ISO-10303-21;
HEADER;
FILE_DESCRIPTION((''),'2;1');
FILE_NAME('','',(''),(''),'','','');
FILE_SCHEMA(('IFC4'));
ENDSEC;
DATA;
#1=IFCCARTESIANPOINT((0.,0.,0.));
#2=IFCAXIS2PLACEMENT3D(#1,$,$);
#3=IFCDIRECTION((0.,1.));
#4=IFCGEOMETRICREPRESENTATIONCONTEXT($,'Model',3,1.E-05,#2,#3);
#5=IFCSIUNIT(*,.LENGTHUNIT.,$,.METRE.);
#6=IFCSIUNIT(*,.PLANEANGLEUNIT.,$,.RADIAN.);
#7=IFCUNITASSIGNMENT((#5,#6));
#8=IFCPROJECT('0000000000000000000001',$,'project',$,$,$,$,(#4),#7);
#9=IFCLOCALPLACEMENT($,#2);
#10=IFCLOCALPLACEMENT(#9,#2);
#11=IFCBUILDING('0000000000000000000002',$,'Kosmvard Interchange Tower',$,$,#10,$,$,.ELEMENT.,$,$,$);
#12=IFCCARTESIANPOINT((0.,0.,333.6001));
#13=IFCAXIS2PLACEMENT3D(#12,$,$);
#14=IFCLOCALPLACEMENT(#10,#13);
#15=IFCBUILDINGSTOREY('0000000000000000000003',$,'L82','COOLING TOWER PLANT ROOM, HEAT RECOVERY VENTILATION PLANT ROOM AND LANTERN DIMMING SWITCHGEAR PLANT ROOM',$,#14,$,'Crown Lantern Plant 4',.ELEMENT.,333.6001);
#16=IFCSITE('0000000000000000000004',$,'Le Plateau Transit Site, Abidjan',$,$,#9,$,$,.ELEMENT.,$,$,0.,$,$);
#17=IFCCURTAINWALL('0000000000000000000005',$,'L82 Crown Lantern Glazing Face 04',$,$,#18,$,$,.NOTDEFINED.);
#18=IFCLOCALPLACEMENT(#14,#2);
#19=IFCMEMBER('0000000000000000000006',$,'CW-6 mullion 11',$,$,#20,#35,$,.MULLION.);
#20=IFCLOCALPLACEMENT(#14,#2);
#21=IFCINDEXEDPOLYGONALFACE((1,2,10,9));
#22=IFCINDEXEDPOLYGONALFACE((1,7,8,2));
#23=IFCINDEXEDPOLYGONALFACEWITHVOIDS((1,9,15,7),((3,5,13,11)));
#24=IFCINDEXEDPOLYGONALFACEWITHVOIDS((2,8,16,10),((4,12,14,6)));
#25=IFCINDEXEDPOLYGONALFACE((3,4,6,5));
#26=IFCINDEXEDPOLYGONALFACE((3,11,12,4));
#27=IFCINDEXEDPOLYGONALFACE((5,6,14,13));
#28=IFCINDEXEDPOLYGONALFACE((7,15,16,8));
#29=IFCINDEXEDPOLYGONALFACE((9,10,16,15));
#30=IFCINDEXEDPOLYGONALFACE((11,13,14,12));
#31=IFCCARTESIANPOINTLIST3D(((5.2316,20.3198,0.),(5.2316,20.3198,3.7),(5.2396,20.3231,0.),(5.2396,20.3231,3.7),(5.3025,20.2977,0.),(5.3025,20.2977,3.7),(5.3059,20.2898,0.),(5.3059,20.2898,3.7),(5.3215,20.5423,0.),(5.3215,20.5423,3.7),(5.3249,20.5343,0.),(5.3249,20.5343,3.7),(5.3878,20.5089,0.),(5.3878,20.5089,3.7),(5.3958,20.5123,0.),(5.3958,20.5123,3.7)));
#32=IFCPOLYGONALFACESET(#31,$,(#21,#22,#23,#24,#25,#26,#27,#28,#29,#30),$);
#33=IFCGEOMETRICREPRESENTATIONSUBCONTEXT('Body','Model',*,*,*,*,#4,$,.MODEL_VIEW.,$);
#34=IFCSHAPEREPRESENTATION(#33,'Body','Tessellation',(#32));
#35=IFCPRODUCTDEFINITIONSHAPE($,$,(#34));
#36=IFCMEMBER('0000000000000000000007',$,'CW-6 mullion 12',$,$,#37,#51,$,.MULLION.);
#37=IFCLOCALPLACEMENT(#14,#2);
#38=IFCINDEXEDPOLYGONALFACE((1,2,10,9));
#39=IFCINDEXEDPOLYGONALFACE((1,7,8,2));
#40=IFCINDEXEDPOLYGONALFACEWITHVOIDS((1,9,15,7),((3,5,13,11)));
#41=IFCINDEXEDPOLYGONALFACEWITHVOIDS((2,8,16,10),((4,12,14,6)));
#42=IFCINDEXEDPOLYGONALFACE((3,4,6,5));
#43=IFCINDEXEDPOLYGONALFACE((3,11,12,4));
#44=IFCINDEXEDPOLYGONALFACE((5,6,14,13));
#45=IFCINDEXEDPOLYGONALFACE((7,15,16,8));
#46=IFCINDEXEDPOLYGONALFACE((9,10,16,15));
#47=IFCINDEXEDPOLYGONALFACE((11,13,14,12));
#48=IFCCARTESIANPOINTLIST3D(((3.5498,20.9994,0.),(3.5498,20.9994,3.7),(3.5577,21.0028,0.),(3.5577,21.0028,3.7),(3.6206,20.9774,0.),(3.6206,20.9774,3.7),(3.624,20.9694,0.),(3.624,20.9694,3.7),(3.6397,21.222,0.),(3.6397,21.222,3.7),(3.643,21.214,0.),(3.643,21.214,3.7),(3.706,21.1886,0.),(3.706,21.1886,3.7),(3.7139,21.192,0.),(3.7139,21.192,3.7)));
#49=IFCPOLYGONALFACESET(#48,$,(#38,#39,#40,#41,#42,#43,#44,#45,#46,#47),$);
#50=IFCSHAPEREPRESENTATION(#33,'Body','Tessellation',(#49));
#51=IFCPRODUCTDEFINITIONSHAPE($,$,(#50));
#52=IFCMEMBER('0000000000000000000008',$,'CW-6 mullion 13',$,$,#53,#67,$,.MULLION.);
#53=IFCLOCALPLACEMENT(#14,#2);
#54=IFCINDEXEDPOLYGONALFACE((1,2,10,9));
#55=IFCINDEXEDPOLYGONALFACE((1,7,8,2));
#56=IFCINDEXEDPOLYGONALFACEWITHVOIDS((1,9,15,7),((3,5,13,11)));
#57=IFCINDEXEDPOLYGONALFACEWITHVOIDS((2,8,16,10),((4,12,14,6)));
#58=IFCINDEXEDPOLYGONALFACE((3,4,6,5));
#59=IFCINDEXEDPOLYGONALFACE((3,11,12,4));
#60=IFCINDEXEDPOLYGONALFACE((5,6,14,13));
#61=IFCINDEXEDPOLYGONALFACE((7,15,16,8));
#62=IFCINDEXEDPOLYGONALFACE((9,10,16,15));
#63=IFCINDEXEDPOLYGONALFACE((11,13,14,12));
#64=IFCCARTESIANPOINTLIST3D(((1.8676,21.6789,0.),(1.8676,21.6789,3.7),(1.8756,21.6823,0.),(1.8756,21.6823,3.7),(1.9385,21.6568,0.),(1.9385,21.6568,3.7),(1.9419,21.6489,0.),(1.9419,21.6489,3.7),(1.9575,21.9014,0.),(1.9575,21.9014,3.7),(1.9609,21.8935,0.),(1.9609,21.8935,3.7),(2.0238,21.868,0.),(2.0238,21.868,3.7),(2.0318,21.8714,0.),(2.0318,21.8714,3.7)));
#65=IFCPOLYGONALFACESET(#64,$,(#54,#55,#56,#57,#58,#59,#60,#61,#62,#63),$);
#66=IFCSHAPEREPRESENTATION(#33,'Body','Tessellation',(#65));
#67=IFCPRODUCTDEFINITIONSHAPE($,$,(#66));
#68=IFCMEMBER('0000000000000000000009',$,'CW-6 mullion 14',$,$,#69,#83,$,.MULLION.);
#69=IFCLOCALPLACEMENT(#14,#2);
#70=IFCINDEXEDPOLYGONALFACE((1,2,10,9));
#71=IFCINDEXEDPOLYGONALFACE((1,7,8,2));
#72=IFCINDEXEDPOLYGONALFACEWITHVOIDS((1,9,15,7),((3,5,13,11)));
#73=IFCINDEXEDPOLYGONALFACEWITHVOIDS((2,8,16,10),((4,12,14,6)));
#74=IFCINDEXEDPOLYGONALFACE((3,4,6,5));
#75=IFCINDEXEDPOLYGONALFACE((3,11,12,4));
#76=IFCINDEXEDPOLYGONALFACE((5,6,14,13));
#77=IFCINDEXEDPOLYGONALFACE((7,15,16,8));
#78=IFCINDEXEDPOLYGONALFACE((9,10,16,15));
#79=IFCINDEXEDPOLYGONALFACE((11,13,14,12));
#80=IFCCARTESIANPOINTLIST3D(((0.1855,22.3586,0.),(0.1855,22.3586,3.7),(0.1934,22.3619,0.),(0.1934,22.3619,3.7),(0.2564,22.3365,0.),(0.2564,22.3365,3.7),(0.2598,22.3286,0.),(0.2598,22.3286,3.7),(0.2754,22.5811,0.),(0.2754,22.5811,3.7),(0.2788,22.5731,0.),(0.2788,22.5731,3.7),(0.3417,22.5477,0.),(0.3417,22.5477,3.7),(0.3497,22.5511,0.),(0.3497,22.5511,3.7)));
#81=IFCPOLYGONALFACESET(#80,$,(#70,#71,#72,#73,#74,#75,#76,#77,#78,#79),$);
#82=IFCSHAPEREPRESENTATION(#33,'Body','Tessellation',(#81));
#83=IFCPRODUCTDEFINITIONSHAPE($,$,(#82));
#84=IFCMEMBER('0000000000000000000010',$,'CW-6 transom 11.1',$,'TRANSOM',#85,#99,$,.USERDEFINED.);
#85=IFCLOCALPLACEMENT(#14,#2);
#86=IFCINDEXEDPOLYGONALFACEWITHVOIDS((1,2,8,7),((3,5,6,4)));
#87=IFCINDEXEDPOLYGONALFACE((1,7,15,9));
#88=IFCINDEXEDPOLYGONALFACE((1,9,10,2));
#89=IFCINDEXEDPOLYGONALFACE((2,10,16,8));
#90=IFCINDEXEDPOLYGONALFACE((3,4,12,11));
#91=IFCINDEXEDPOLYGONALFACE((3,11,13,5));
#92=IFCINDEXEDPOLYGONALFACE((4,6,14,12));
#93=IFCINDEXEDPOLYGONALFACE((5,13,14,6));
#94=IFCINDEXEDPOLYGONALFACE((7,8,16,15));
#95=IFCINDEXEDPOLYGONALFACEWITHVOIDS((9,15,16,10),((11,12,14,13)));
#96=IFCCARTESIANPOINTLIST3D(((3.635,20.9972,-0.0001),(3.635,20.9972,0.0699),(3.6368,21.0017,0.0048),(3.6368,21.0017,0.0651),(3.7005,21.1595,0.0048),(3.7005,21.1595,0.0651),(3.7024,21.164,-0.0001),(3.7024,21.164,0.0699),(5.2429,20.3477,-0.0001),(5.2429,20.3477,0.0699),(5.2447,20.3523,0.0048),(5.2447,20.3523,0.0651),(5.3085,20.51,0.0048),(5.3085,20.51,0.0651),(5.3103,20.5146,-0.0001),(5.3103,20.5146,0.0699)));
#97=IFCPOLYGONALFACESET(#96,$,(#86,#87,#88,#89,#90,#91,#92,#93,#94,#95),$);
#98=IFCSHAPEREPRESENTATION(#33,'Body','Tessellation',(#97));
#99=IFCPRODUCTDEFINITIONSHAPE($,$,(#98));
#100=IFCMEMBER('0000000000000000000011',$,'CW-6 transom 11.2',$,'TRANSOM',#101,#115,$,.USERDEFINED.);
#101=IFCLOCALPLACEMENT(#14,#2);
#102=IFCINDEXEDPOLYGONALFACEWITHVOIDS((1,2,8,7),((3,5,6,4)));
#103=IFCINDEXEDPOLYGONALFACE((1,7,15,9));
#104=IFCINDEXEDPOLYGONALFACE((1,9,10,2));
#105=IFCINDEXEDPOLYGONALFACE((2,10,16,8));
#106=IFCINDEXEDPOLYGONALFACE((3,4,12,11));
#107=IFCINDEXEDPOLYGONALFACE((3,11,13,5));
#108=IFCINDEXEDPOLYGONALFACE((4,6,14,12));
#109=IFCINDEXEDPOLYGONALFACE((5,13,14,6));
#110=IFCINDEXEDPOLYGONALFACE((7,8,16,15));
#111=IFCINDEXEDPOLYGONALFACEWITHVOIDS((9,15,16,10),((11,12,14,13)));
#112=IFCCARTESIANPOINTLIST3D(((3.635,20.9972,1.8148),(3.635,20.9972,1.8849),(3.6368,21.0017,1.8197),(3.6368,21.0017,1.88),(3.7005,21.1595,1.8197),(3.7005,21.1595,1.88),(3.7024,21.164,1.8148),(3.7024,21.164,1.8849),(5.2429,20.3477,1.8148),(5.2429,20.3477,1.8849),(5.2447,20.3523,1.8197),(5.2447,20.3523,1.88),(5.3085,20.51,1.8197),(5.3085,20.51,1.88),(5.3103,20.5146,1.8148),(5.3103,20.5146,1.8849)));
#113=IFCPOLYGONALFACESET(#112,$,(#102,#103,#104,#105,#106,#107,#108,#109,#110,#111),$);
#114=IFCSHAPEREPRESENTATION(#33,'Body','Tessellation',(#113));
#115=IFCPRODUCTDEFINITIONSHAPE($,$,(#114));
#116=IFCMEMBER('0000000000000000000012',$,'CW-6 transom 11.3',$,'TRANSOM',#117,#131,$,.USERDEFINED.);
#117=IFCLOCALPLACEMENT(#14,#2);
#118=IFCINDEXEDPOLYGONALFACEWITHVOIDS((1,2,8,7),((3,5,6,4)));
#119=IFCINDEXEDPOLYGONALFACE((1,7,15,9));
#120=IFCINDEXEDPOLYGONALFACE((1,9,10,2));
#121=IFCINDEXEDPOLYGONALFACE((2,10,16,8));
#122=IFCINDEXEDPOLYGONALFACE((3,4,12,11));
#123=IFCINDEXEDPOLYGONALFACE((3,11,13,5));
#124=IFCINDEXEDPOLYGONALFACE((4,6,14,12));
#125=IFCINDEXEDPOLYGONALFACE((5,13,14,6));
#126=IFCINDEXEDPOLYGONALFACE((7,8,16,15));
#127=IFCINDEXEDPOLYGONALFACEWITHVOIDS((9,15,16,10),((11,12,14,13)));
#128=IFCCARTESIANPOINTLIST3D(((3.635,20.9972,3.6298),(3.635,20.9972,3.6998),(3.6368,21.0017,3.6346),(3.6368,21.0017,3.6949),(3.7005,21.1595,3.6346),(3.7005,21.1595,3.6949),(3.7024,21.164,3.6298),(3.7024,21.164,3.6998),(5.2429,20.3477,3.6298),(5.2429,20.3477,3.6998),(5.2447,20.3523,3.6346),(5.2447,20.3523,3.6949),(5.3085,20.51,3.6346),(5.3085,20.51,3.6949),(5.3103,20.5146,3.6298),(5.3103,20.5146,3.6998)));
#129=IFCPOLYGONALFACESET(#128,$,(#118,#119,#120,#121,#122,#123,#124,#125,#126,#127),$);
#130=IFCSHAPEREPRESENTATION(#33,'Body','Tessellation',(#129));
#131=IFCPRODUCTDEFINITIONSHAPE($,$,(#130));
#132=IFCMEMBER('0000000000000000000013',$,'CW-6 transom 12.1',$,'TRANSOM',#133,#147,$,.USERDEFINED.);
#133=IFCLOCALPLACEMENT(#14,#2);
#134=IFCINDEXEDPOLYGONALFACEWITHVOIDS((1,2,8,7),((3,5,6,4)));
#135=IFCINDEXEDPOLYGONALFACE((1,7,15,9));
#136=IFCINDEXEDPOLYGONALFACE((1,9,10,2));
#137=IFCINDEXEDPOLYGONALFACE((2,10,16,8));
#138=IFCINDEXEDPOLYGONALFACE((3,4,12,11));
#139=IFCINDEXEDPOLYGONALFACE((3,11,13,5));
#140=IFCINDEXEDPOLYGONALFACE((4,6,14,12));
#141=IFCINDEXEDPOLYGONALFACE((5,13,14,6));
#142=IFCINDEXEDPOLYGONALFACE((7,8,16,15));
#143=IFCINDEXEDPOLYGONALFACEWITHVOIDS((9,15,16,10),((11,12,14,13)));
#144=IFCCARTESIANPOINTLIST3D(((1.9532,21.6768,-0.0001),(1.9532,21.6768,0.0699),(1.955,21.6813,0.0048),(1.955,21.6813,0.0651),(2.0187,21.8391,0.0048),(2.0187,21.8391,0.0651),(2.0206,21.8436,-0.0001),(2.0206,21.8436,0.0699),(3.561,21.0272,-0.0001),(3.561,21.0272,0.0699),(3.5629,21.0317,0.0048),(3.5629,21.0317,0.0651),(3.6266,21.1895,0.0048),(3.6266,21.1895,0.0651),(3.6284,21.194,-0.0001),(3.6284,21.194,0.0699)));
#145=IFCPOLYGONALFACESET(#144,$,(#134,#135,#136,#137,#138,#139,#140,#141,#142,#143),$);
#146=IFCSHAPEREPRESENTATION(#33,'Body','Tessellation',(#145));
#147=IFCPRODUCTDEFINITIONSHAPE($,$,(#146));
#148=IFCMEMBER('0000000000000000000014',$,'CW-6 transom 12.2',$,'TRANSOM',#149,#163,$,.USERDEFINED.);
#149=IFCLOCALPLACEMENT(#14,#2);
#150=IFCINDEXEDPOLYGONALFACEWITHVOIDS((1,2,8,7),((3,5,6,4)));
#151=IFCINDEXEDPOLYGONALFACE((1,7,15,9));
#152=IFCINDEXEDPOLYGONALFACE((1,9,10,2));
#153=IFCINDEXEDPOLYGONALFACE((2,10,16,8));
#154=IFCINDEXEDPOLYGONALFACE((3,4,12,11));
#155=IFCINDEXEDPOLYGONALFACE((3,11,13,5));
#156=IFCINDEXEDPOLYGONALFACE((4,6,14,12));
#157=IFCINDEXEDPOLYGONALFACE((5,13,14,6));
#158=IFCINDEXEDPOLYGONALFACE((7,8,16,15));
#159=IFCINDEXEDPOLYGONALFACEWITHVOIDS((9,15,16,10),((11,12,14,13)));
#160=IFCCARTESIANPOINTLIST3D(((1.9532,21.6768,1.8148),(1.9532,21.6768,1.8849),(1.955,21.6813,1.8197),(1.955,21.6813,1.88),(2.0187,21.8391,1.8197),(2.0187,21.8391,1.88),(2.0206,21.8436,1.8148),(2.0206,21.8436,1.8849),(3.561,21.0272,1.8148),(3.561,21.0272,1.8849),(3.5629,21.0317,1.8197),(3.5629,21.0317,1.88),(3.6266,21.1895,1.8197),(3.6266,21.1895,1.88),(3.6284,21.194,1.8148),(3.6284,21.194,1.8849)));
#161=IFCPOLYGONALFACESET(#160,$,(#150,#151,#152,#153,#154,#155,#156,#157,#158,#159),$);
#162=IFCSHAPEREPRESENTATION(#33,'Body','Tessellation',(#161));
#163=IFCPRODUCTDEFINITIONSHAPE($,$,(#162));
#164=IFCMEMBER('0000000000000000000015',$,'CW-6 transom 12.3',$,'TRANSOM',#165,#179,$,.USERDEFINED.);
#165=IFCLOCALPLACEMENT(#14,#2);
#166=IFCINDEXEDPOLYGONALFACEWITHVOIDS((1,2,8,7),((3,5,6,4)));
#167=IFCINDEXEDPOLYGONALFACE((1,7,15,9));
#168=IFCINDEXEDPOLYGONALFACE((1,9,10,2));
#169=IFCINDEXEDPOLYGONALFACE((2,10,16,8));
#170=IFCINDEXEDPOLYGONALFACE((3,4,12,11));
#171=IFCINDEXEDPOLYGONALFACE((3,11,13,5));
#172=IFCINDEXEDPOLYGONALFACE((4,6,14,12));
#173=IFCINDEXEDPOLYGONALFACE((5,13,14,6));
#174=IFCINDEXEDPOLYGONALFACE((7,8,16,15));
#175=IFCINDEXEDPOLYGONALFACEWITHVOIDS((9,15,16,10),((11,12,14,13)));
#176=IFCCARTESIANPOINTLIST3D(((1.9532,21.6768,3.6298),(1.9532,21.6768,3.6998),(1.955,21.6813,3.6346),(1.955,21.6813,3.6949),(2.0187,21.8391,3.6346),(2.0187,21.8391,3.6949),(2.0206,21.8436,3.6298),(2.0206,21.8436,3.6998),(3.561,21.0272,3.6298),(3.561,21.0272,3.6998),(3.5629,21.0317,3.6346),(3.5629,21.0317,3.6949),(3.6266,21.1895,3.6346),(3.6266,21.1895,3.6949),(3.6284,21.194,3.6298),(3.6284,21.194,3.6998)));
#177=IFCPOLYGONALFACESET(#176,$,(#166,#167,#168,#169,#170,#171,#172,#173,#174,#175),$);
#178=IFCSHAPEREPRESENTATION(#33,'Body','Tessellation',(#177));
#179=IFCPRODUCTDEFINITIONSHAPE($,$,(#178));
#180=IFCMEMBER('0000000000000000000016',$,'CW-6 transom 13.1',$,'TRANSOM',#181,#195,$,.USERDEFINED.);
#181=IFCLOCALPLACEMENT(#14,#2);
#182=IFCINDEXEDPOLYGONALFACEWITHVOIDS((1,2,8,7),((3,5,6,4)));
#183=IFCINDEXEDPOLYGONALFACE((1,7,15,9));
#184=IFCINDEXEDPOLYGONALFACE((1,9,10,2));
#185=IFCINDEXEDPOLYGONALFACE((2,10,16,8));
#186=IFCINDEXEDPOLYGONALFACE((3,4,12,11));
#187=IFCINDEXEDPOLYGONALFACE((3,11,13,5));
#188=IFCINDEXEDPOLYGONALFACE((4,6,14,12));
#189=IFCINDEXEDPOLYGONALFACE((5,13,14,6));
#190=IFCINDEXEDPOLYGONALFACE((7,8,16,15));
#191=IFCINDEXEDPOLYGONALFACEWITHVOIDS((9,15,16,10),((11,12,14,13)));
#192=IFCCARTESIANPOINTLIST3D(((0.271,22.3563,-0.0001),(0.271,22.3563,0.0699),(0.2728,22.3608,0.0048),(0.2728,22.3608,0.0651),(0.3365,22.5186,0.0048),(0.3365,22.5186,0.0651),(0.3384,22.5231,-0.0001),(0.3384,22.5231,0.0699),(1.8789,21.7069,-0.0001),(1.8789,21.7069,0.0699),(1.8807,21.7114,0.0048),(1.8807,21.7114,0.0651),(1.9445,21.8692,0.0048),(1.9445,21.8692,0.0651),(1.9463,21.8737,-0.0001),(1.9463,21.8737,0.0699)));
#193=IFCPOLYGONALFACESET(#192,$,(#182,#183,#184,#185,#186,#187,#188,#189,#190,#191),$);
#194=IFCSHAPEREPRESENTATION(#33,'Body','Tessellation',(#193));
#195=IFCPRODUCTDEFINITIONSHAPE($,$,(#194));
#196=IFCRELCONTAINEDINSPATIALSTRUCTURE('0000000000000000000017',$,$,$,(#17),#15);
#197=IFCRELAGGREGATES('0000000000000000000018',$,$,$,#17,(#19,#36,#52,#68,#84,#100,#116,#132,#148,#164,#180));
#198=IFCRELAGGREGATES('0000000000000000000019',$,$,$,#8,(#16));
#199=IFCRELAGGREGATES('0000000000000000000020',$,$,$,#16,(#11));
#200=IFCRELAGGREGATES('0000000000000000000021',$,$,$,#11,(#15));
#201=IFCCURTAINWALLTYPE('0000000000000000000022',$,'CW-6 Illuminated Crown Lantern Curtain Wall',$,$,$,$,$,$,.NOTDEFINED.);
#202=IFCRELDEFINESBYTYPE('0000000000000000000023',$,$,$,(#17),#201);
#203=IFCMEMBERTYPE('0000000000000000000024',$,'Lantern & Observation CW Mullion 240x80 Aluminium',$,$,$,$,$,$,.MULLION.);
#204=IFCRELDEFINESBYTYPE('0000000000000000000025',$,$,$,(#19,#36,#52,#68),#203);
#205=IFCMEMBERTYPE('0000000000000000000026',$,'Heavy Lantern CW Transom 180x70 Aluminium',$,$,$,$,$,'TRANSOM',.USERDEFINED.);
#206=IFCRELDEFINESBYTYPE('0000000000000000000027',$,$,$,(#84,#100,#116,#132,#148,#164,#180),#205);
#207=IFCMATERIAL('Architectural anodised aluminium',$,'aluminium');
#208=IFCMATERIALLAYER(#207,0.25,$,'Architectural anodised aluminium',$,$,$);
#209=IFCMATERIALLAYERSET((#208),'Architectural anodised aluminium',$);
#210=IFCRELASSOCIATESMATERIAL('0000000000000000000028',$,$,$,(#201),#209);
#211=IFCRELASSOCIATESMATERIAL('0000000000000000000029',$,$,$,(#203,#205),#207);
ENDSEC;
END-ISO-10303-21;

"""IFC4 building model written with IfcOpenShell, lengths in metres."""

from ifc_helpers import new_model, si_unit, direction, frame, origin, origin_2d, place, context, subcontext, project, spatial, hollow_rectangle, extrude, source, transform, mapped, material, layer, layer_set, material_profile, profile_set, type_object, element, aggregate, save


model = new_model("IFC4")

# Units and contexts
model_context = context("Model", 3, precision=1e-05, world=origin(), true_north=direction((0.0, 1.0)))
body_context = subcontext(model_context, "Body", "Model", "MODEL_VIEW")
ifc_project = project(units=[si_unit("LENGTHUNIT", "METRE"), si_unit("PLANEANGLEUNIT", "RADIAN")], contexts=[model_context])

# Site, building, storey
site_placement = place(None, origin())
site = spatial("IfcSite", under=ifc_project, at=site_placement, Name="Le Plateau Transit Site, Abidjan", CompositionType="ELEMENT", RefElevation=0.0)
building_placement = place(site_placement, origin())
building = spatial("IfcBuilding", under=site, at=building_placement, Name="Kosmvard Interchange Tower", CompositionType="ELEMENT")
storey_placement = place(building_placement, frame((0.0, 0.0, 333.6001)))
storey = spatial("IfcBuildingStorey", under=building, at=storey_placement, Name="L82", Description="COOLING TOWER PLANT ROOM, HEAT RECOVERY VENTILATION PLANT ROOM AND LANTERN DIMMING SWITCHGEAR PLANT ROOM", LongName="Crown Lantern Plant 4", CompositionType="ELEMENT", Elevation=333.6001)

# Curtain wall, members
ifc_material_1 = material(Name="Architectural anodised aluminium", Category="aluminium")
ifc_layer_1 = layer(ifc_material_1, 0.25, Name="Architectural anodised aluminium")
ifc_layer_set_1 = layer_set([ifc_layer_1], Name="Architectural anodised aluminium")
curtain_wall_type = type_object("IfcCurtainWallType", Name="CW-6 Illuminated Crown Lantern Curtain Wall", PredefinedType="NOTDEFINED", material=ifc_layer_set_1)
curtain_wall_placement = place(storey_placement, origin())
curtain_wall = element("IfcCurtainWall", 1, at=curtain_wall_placement, inside=storey, type_object=curtain_wall_type, Name="L82 Crown Lantern Glazing Face 04", PredefinedType="NOTDEFINED")
ifc_material_profile_1 = material_profile(ifc_material_1, hollow_rectangle(XDim=0.24, YDim=0.0801, WallThickness=0.0061, at=origin_2d()), Name="CWM 240x80x6")
ifc_profile_set_1 = profile_set([ifc_material_profile_1], Name="Architectural anodised aluminium")
member_type_1 = type_object("IfcMemberType", Name="Lantern & Observation CW Mullion 240x80 Aluminium", PredefinedType="MULLION", material=ifc_profile_set_1)
shared_shape_1 = source(origin(), body_context, "Body", "SweptSolid", [
    extrude(hollow_rectangle(XDim=0.24, YDim=0.0801, WallThickness=0.0061, at=origin_2d()), origin(), (0.0, 0.0, 1.0), 3.7),
])
member_1_placement = place(storey_placement, frame((5.3137, 20.416, 0.0), z_axis=(0.0, 0.0, 1.0), x_axis=(-0.374607, -0.927184, 0.0)))
member_1 = element("IfcMember", 2, at=member_1_placement, type_object=member_type_1, Name="CW-6 mullion 11", PredefinedType="MULLION", context=body_context, shape_type="MappedRepresentation", body=[
    mapped(shared_shape_1, transform((0.0, 0.0, 0.0), scale=1.0)),
])
member_2_placement = place(storey_placement, frame((3.6318, 21.0957, 0.0), z_axis=(0.0, 0.0, 1.0), x_axis=(-0.374607, -0.927184, 0.0)))
member_2 = element("IfcMember", 3, at=member_2_placement, type_object=member_type_1, Name="CW-6 mullion 12", PredefinedType="MULLION", context=body_context, shape_type="MappedRepresentation", body=[
    mapped(shared_shape_1, transform((0.0, 0.0, 0.0), scale=1.0)),
])
member_3_placement = place(storey_placement, frame((1.9497, 21.7751, 0.0), z_axis=(0.0, 0.0, 1.0), x_axis=(-0.374607, -0.927184, 0.0)))
member_3 = element("IfcMember", 4, at=member_3_placement, type_object=member_type_1, Name="CW-6 mullion 13", PredefinedType="MULLION", context=body_context, shape_type="MappedRepresentation", body=[
    mapped(shared_shape_1, transform((0.0, 0.0, 0.0), scale=1.0)),
])
member_4_placement = place(storey_placement, frame((0.2676, 22.4548, 0.0), z_axis=(0.0, 0.0, 1.0), x_axis=(-0.374607, -0.927184, 0.0)))
member_4 = element("IfcMember", 5, at=member_4_placement, type_object=member_type_1, Name="CW-6 mullion 14", PredefinedType="MULLION", context=body_context, shape_type="MappedRepresentation", body=[
    mapped(shared_shape_1, transform((0.0, 0.0, 0.0), scale=1.0)),
])
ifc_material_profile_2 = material_profile(ifc_material_1, hollow_rectangle(XDim=0.1799, YDim=0.0701, WallThickness=0.0049, at=origin_2d()), Name="CWT 180x70x5")
ifc_profile_set_2 = profile_set([ifc_material_profile_2], Name="Architectural anodised aluminium")
member_type_2 = type_object("IfcMemberType", Name="Heavy Lantern CW Transom 180x70 Aluminium", ElementType="TRANSOM", PredefinedType="USERDEFINED", material=ifc_profile_set_2)
shared_shape_2 = source(origin(), body_context, "Body", "SweptSolid", [
    extrude(hollow_rectangle(XDim=0.1799, YDim=0.0701, WallThickness=0.0049, at=origin_2d()), origin(), (0.0, 0.0, 1.0), 1.7341),
])
member_5_placement = place(storey_placement, frame((5.2766, 20.4312, 0.0349), z_axis=(-0.927229, 0.374496, 0.0), x_axis=(-0.374496, -0.927229, 0.0)))
member_5 = element("IfcMember", 6, at=member_5_placement, type_object=member_type_2, Name="CW-6 transom 11.1", ObjectType="TRANSOM", PredefinedType="USERDEFINED", context=body_context, shape_type="MappedRepresentation", body=[
    mapped(shared_shape_2, transform((0.0, 0.0, 0.0), scale=1.0)),
])
member_6_placement = place(storey_placement, frame((5.2766, 20.4312, 1.8499), z_axis=(-0.927229, 0.374496, 0.0), x_axis=(-0.374496, -0.927229, 0.0)))
member_6 = element("IfcMember", 7, at=member_6_placement, type_object=member_type_2, Name="CW-6 transom 11.2", ObjectType="TRANSOM", PredefinedType="USERDEFINED", context=body_context, shape_type="MappedRepresentation", body=[
    mapped(shared_shape_2, transform((0.0, 0.0, 0.0), scale=1.0)),
])
member_7_placement = place(storey_placement, frame((5.2766, 20.4312, 3.6648), z_axis=(-0.927229, 0.374496, 0.0), x_axis=(-0.374496, -0.927229, 0.0)))
member_7 = element("IfcMember", 8, at=member_7_placement, type_object=member_type_2, Name="CW-6 transom 11.3", ObjectType="TRANSOM", PredefinedType="USERDEFINED", context=body_context, shape_type="MappedRepresentation", body=[
    mapped(shared_shape_2, transform((0.0, 0.0, 0.0), scale=1.0)),
])
member_8_placement = place(storey_placement, frame((3.5947, 21.1106, 0.0349), z_axis=(-0.92718, 0.374617, 0.0), x_axis=(-0.374617, -0.92718, 0.0)))
member_8 = element("IfcMember", 9, at=member_8_placement, type_object=member_type_2, Name="CW-6 transom 12.1", ObjectType="TRANSOM", PredefinedType="USERDEFINED", context=body_context, shape_type="MappedRepresentation", body=[
    mapped(shared_shape_2, transform((0.0, 0.0, 0.0), scale=1.0)),
])
member_9_placement = place(storey_placement, frame((3.5947, 21.1106, 1.8499), z_axis=(-0.92718, 0.374617, 0.0), x_axis=(-0.374617, -0.92718, 0.0)))
member_9 = element("IfcMember", 10, at=member_9_placement, type_object=member_type_2, Name="CW-6 transom 12.2", ObjectType="TRANSOM", PredefinedType="USERDEFINED", context=body_context, shape_type="MappedRepresentation", body=[
    mapped(shared_shape_2, transform((0.0, 0.0, 0.0), scale=1.0)),
])
member_10_placement = place(storey_placement, frame((3.5947, 21.1106, 3.6648), z_axis=(-0.92718, 0.374617, 0.0), x_axis=(-0.374617, -0.92718, 0.0)))
member_10 = element("IfcMember", 11, at=member_10_placement, type_object=member_type_2, Name="CW-6 transom 12.3", ObjectType="TRANSOM", PredefinedType="USERDEFINED", context=body_context, shape_type="MappedRepresentation", body=[
    mapped(shared_shape_2, transform((0.0, 0.0, 0.0), scale=1.0)),
])
member_11_placement = place(storey_placement, frame((1.9126, 21.7903, 0.0349), z_axis=(-0.927229, 0.374496, 0.0), x_axis=(-0.374496, -0.927229, 0.0)))
member_11 = element("IfcMember", 12, at=member_11_placement, type_object=member_type_2, Name="CW-6 transom 13.1", ObjectType="TRANSOM", PredefinedType="USERDEFINED", context=body_context, shape_type="MappedRepresentation", body=[
    mapped(shared_shape_2, transform((0.0, 0.0, 0.0), scale=1.0)),
])
aggregate(curtain_wall, [member_1, member_2, member_3, member_4, member_5, member_6, member_7, member_8, member_9, member_10, member_11])

save(model, "model.ifc")
